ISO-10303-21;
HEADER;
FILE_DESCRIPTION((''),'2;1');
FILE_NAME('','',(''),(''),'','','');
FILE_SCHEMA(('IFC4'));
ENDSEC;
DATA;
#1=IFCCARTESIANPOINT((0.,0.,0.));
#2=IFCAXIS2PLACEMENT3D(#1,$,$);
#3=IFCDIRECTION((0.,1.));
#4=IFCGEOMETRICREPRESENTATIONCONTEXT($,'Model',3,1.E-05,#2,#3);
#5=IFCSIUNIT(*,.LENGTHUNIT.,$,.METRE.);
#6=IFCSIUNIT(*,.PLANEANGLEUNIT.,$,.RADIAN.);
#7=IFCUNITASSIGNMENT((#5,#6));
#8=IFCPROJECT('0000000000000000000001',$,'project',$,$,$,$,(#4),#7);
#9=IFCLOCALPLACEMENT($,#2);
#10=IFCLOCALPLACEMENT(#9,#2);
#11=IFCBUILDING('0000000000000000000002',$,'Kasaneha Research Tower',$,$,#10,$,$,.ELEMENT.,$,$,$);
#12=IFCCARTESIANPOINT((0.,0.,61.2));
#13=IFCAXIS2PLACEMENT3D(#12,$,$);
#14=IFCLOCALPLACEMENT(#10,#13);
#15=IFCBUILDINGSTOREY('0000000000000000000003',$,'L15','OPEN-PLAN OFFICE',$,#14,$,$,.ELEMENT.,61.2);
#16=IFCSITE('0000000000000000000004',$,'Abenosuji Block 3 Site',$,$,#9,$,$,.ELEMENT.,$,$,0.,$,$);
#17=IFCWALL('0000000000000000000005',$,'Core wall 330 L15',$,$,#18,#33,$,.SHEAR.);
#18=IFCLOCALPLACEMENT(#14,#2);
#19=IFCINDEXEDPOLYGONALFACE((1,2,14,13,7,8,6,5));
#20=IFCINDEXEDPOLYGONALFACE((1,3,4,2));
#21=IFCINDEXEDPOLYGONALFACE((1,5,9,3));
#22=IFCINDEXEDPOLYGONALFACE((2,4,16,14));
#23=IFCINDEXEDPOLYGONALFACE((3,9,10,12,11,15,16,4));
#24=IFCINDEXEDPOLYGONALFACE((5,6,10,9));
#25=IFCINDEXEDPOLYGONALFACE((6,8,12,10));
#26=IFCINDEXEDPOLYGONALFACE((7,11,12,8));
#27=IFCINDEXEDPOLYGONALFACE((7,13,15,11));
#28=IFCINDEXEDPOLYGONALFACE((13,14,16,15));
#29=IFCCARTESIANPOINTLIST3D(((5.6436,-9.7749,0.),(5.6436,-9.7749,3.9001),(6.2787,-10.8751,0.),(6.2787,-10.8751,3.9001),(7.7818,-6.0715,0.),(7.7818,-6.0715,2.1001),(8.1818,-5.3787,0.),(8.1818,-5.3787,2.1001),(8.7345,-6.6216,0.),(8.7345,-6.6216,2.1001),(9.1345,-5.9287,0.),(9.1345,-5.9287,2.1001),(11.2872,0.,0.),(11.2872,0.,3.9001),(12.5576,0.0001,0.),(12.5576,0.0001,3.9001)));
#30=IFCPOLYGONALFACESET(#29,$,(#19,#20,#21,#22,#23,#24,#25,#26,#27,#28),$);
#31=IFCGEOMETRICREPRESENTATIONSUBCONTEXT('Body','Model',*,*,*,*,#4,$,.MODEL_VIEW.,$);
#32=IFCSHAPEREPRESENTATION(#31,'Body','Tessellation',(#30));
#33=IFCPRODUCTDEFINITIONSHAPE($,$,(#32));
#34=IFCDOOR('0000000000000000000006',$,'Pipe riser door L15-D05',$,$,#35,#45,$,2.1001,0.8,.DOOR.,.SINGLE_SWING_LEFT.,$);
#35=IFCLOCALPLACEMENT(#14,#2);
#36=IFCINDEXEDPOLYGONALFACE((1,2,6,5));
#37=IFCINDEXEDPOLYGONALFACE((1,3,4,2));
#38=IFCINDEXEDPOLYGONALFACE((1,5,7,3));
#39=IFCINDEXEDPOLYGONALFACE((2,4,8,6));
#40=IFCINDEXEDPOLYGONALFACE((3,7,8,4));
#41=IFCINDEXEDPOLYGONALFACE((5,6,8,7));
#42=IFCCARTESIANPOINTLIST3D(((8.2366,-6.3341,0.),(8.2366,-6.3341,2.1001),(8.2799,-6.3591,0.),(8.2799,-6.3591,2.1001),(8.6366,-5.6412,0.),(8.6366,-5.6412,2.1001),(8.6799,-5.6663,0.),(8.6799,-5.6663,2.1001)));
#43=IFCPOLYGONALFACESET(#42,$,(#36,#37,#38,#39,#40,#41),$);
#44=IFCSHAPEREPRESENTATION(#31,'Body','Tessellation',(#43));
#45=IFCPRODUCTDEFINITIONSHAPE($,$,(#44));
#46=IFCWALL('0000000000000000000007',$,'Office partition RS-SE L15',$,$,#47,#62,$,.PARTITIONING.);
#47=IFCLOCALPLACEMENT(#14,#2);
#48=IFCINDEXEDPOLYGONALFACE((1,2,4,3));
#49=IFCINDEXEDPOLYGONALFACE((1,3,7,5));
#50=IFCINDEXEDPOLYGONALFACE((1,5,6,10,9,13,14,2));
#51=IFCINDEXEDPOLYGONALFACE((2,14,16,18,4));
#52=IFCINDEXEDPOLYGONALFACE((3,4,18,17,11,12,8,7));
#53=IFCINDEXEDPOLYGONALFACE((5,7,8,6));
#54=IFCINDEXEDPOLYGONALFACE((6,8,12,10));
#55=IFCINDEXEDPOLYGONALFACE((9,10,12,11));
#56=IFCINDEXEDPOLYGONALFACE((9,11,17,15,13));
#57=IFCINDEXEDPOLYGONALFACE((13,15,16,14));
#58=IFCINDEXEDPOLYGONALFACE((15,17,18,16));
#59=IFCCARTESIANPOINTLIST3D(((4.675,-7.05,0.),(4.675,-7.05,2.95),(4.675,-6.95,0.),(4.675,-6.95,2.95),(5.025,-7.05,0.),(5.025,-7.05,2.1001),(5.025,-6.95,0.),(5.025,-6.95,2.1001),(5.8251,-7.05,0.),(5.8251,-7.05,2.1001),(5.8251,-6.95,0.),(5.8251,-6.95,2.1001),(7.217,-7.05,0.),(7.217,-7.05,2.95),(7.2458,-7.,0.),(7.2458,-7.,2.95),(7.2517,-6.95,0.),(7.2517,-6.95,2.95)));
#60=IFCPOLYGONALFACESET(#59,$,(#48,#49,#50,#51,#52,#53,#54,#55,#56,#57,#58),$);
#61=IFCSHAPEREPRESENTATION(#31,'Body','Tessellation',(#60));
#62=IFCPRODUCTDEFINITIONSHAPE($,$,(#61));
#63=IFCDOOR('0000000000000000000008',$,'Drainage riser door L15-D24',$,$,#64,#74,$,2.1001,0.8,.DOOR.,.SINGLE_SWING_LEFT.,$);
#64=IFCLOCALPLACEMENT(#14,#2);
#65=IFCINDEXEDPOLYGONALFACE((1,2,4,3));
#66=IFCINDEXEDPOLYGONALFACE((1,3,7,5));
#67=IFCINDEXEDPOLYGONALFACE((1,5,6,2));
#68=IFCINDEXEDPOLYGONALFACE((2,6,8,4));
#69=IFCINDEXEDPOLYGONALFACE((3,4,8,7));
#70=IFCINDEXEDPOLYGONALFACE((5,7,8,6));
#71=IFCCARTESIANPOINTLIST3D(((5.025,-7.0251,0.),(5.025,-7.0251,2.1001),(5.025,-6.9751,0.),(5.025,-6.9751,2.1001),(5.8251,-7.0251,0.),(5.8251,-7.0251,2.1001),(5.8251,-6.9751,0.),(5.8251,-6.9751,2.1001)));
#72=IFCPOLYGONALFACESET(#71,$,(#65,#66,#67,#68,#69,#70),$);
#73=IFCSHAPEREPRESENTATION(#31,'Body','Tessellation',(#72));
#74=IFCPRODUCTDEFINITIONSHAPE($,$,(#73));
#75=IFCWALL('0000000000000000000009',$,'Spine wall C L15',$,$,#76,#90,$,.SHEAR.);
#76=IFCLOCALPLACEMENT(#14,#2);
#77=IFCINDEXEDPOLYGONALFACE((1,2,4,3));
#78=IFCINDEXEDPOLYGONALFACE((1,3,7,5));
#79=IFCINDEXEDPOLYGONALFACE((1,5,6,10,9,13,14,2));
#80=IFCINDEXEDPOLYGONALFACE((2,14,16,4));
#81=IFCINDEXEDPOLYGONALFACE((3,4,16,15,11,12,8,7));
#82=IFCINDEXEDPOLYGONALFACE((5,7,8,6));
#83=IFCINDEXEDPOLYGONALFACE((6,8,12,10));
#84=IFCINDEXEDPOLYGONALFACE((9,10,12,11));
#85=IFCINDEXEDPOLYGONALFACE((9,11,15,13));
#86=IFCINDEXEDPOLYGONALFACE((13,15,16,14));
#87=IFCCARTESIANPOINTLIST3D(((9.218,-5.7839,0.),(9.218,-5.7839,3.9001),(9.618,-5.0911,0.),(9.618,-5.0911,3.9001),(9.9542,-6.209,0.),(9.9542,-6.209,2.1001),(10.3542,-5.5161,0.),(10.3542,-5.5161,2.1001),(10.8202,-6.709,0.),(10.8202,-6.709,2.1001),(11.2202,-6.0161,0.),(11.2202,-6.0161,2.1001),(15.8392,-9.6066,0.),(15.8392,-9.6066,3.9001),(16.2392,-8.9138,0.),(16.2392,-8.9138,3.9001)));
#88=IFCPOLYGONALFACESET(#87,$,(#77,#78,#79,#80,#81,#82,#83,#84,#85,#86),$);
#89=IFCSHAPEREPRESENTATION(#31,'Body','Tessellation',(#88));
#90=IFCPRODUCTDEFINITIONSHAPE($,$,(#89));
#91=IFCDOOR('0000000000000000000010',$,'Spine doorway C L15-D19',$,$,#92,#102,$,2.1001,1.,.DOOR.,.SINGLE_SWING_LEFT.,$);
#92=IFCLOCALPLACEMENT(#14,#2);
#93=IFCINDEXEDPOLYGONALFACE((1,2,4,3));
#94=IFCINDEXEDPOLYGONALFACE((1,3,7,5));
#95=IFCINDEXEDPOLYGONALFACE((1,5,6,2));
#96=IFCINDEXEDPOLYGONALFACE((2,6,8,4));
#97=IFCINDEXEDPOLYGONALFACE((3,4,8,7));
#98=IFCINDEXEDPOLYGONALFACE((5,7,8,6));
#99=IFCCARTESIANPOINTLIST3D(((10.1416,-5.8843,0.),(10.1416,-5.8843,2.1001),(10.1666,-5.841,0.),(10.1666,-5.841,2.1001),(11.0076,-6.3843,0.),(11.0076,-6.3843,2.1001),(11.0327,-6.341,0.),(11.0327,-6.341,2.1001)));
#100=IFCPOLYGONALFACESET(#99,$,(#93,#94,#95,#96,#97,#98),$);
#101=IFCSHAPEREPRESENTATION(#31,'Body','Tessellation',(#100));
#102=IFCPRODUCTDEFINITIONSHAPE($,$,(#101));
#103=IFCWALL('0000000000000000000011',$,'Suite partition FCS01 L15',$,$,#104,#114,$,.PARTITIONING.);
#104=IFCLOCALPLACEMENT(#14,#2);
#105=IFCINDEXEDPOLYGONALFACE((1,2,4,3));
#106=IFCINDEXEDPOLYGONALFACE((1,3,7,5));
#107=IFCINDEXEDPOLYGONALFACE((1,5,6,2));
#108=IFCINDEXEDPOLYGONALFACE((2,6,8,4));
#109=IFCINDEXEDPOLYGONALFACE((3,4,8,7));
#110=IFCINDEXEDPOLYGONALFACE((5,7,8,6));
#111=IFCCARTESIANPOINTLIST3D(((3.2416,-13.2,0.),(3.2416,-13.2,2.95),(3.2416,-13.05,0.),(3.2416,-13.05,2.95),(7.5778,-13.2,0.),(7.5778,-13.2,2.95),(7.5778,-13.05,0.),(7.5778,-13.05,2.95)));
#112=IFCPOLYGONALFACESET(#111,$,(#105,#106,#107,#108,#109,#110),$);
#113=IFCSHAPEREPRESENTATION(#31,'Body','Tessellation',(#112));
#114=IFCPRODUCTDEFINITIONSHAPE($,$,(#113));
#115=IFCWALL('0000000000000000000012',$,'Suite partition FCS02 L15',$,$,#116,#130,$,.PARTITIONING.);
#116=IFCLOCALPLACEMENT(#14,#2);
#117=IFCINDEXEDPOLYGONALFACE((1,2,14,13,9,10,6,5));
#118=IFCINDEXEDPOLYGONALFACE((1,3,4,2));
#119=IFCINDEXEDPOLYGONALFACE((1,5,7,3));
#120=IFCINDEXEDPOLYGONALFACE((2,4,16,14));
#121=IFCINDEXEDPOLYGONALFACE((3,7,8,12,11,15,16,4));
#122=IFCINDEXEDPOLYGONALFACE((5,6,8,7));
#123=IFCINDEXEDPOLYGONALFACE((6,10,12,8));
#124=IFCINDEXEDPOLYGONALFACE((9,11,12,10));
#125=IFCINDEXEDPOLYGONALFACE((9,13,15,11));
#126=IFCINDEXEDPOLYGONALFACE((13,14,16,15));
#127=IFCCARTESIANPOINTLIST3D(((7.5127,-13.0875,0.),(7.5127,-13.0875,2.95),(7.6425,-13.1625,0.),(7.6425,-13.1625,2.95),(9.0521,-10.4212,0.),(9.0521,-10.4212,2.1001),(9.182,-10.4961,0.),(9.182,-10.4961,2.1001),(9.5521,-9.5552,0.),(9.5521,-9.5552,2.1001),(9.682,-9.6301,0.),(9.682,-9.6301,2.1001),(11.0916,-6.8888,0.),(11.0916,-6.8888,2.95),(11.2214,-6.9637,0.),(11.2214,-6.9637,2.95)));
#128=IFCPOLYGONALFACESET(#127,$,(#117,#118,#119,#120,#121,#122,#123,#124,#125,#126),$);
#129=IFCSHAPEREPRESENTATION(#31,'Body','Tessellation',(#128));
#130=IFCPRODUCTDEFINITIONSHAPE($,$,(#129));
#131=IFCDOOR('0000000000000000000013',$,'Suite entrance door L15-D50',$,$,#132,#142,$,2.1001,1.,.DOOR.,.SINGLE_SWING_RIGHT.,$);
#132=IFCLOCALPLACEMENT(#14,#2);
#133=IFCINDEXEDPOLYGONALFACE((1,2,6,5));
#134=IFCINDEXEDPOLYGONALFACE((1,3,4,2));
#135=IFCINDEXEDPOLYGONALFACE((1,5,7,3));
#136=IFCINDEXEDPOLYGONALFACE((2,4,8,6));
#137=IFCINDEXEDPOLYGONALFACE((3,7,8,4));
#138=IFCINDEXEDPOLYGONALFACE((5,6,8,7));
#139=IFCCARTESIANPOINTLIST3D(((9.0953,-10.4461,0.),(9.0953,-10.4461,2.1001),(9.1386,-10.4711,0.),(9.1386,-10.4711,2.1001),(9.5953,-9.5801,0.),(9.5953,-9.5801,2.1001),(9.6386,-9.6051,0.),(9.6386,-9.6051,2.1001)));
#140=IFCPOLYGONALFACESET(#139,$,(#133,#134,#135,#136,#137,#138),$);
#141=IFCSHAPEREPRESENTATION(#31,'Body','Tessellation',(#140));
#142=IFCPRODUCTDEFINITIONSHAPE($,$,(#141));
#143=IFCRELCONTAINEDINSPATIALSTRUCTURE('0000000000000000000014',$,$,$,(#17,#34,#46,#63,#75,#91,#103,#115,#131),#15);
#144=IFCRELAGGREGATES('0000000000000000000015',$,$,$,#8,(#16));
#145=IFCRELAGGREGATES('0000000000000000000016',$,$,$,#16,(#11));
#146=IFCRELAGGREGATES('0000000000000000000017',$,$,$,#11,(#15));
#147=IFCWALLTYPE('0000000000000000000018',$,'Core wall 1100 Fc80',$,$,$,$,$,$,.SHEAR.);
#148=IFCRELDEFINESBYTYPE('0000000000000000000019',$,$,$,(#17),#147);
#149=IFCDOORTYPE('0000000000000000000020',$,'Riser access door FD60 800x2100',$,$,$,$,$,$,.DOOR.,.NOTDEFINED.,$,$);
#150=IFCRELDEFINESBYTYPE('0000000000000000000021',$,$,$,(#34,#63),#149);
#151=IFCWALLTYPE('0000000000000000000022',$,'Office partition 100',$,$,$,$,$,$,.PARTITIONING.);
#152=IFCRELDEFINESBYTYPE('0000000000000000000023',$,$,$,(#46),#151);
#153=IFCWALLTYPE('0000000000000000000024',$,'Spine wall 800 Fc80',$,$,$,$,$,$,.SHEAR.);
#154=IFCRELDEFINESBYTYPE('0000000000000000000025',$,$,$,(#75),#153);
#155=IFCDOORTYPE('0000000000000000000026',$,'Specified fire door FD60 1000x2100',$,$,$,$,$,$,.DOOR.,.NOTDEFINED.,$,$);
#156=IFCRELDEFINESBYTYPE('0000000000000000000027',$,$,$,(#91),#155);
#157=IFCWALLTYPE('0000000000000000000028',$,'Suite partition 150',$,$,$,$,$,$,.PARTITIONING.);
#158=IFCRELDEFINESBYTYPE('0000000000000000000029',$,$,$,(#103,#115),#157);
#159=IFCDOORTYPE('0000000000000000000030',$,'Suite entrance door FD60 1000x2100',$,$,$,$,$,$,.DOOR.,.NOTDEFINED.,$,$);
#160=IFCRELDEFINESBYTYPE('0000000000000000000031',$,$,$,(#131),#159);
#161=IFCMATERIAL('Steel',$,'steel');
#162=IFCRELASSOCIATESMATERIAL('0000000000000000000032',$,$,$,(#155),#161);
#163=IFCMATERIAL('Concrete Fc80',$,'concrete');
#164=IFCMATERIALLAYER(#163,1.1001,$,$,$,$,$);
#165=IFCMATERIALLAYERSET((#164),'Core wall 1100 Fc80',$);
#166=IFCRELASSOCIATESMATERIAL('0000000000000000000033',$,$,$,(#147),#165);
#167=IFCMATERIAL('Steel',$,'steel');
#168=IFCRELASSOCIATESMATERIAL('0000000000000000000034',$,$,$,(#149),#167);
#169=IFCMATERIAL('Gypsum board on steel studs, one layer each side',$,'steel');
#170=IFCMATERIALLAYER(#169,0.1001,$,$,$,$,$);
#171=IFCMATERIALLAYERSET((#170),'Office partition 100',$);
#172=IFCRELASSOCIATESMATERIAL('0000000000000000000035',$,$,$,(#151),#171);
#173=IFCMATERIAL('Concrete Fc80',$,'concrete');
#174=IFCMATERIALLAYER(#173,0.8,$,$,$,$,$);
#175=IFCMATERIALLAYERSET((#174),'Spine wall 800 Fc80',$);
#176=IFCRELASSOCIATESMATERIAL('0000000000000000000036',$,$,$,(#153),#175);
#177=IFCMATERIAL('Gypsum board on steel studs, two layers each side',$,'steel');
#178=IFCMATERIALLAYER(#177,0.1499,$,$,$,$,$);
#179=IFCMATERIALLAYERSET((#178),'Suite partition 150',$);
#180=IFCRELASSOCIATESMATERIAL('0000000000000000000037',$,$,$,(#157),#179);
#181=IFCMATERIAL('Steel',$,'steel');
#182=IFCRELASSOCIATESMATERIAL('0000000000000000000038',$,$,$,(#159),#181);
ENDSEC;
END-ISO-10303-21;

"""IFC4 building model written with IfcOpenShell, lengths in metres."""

from ifc_helpers import new_model, si_unit, direction, frame, frame_2d, origin, place, context, subcontext, project, spatial, polyline, rectangle, outline, extrude, material, layer, layer_set, type_object, element, fill, save


model = new_model("IFC4")

# Units and contexts
model_context = context("Model", 3, precision=1e-05, world=origin(), true_north=direction((0.0, 1.0)))
body_context = subcontext(model_context, "Body", "Model", "MODEL_VIEW")
ifc_project = project(units=[si_unit("LENGTHUNIT", "METRE"), si_unit("PLANEANGLEUNIT", "RADIAN")], contexts=[model_context])

# Site, building, storey
site_placement = place(None, origin())
site = spatial("IfcSite", under=ifc_project, at=site_placement, Name="Abenosuji Block 3 Site", CompositionType="ELEMENT", RefElevation=0.0)
building_placement = place(site_placement, origin())
building = spatial("IfcBuilding", under=site, at=building_placement, Name="Kasaneha Research Tower", CompositionType="ELEMENT")
storey_placement = place(building_placement, frame((0.0, 0.0, 61.2)))
storey = spatial("IfcBuildingStorey", under=building, at=storey_placement, Name="L15", Description="OPEN-PLAN OFFICE", CompositionType="ELEMENT", Elevation=61.2)

# Shared definitions
ifc_material_1 = material(Name="Steel", Category="steel")
door_type_1 = type_object("IfcDoorType", Name="Specified fire door FD60 1000x2100", OperationType="NOTDEFINED", PredefinedType="DOOR", material=ifc_material_1)

# Walls, openings, doors
ifc_material_2 = material(Name="Concrete Fc80", Category="concrete")
ifc_layer_1 = layer(ifc_material_2, 1.1001)
ifc_layer_set_1 = layer_set([ifc_layer_1], Name="Core wall 1100 Fc80")
wall_type_1 = type_object("IfcWallType", Name="Core wall 1100 Fc80", PredefinedType="SHEAR", material=ifc_layer_set_1)
wall_1_placement = place(storey_placement, frame((5.9612, -10.325, 0.0), z_axis=(0.0, 0.0, 1.0), x_axis=(0.500004, 0.866023, 0.0)))
wall_1 = element("IfcWall", 1, at=wall_1_placement, inside=storey, type_object=wall_type_1, Name="Core wall 330 L15", PredefinedType="SHEAR", context=body_context, shape_type="SweptSolid", body=[
    extrude(outline(polyline([(-0.3176, -0.55), (4.594, -0.55), (5.394, -0.55), (12.24, -0.55), (11.6047, 0.55), (5.394, 0.55), (4.594, 0.55), (0.3176, 0.55), (-0.3176, -0.55)])), origin(), (0.0, 0.0, 1.0), 3.9001),
])
opening_1_placement = place(wall_1_placement, frame((4.594, 0.0, 0.0)))
opening_1 = element("IfcOpeningElement", 2, at=opening_1_placement, cuts=wall_1, PredefinedType="OPENING", context=body_context, shape_type="SweptSolid", body=[
    extrude(rectangle(XDim=0.8, YDim=2.1001, at=frame_2d((0.3999, 1.05))), frame((0.0, 0.5601, 0.0), z_axis=(0.0, -1.0, 0.0), x_axis=(1.0, 0.0, 0.0)), (0.0, 0.0, 1.0), 1.1201),
])
ifc_material_3 = material(Name="Steel", Category="steel")
door_type_2 = type_object("IfcDoorType", Name="Riser access door FD60 800x2100", OperationType="NOTDEFINED", PredefinedType="DOOR", material=ifc_material_3)
door_1_placement = place(opening_1_placement, origin())
door_1 = element("IfcDoor", 3, at=door_1_placement, inside=storey, type_object=door_type_2, Name="Pipe riser door L15-D05", OperationType="SINGLE_SWING_LEFT", OverallHeight=2.1001, OverallWidth=0.8, PredefinedType="DOOR", context=body_context, shape_type="SweptSolid", body=[
    extrude(rectangle(XDim=0.8, YDim=2.1001, at=frame_2d((0.3999, 1.05))), frame((0.0, 0.0249, 0.0), z_axis=(0.0, -1.0, 0.0), x_axis=(1.0, 0.0, 0.0)), (0.0, 0.0, 1.0), 0.05),
])
fill(opening_1, door_1)
ifc_material_4 = material(Name="Gypsum board on steel studs, one layer each side", Category="steel")
ifc_layer_2 = layer(ifc_material_4, 0.1001)
ifc_layer_set_2 = layer_set([ifc_layer_2], Name="Office partition 100")
wall_type_2 = type_object("IfcWallType", Name="Office partition 100", PredefinedType="PARTITIONING", material=ifc_layer_set_2)
wall_2_placement = place(storey_placement, frame((4.675, -7.0, 0.0), z_axis=(0.0, 0.0, 1.0), x_axis=(1.0, 0.0, 0.0)))
wall_2 = element("IfcWall", 4, at=wall_2_placement, inside=storey, type_object=wall_type_2, Name="Office partition RS-SE L15", PredefinedType="PARTITIONING", context=body_context, shape_type="SweptSolid", body=[
    extrude(outline(polyline([(0.0, -0.05), (0.3501, -0.05), (1.1501, -0.05), (2.542, -0.05), (2.5708, 0.0), (2.5767, 0.05), (1.1501, 0.05), (0.3501, 0.05), (0.0, 0.05), (0.0, -0.05)])), origin(), (0.0, 0.0, 1.0), 2.95),
])
opening_2_placement = place(wall_2_placement, frame((0.3501, 0.0, 0.0)))
opening_2 = element("IfcOpeningElement", 5, at=opening_2_placement, cuts=wall_2, PredefinedType="OPENING", context=body_context, shape_type="SweptSolid", body=[
    extrude(rectangle(XDim=0.8, YDim=2.1001, at=frame_2d((0.3999, 1.05))), frame((0.0, 0.0601, 0.0), z_axis=(0.0, -1.0, 0.0), x_axis=(1.0, 0.0, 0.0)), (0.0, 0.0, 1.0), 0.1201),
])
door_2_placement = place(opening_2_placement, origin())
door_2 = element("IfcDoor", 6, at=door_2_placement, inside=storey, type_object=door_type_2, Name="Drainage riser door L15-D24", OperationType="SINGLE_SWING_LEFT", OverallHeight=2.1001, OverallWidth=0.8, PredefinedType="DOOR", context=body_context, shape_type="SweptSolid", body=[
    extrude(rectangle(XDim=0.8, YDim=2.1001, at=frame_2d((0.3999, 1.05))), frame((0.0, 0.0249, 0.0), z_axis=(0.0, -1.0, 0.0), x_axis=(1.0, 0.0, 0.0)), (0.0, 0.0, 1.0), 0.05),
])
fill(opening_2, door_2)
ifc_material_5 = material(Name="Concrete Fc80", Category="concrete")
ifc_layer_3 = layer(ifc_material_5, 0.8)
ifc_layer_set_3 = layer_set([ifc_layer_3], Name="Spine wall 800 Fc80")
wall_type_3 = type_object("IfcWallType", Name="Spine wall 800 Fc80", PredefinedType="SHEAR", material=ifc_layer_set_3)
wall_3_placement = place(storey_placement, frame((9.418, -5.4375, 0.0), z_axis=(0.0, 0.0, 1.0), x_axis=(0.86603, -0.499992, 0.0)))
wall_3 = element("IfcWall", 7, at=wall_3_placement, inside=storey, type_object=wall_type_3, Name="Spine wall C L15", PredefinedType="SHEAR", context=body_context, shape_type="SweptSolid", body=[
    extrude(rectangle(XDim=7.6455, YDim=0.8, at=frame_2d((3.8228, 0.0))), origin(), (0.0, 0.0, 1.0), 3.9001),
])
opening_3_placement = place(wall_3_placement, frame((0.8501, 0.0, 0.0)))
opening_3 = element("IfcOpeningElement", 8, at=opening_3_placement, cuts=wall_3, PredefinedType="OPENING", context=body_context, shape_type="SweptSolid", body=[
    extrude(rectangle(XDim=1.0, YDim=2.1001, at=frame_2d((0.5, 1.05))), frame((0.0, 0.4102, 0.0), z_axis=(0.0, -1.0, 0.0), x_axis=(1.0, 0.0, 0.0)), (0.0, 0.0, 1.0), 0.8201),
])
door_3_placement = place(opening_3_placement, origin())
door_3 = element("IfcDoor", 9, at=door_3_placement, inside=storey, type_object=door_type_1, Name="Spine doorway C L15-D19", OperationType="SINGLE_SWING_LEFT", OverallHeight=2.1001, OverallWidth=1.0, PredefinedType="DOOR", context=body_context, shape_type="SweptSolid", body=[
    extrude(rectangle(XDim=1.0, YDim=2.1001, at=frame_2d((0.5, 1.05))), frame((0.0, 0.0249, 0.0), z_axis=(0.0, -1.0, 0.0), x_axis=(1.0, 0.0, 0.0)), (0.0, 0.0, 1.0), 0.05),
])
fill(opening_3, door_3)

# Wall
ifc_material_6 = material(Name="Gypsum board on steel studs, two layers each side", Category="steel")
ifc_layer_4 = layer(ifc_material_6, 0.1499)
ifc_layer_set_4 = layer_set([ifc_layer_4], Name="Suite partition 150")
wall_type_4 = type_object("IfcWallType", Name="Suite partition 150", PredefinedType="PARTITIONING", material=ifc_layer_set_4)
wall_4_placement = place(storey_placement, frame((7.5776, -13.125, 0.0), z_axis=(0.0, 0.0, 1.0), x_axis=(-1.0, 0.0, 0.0)))
element("IfcWall", 10, at=wall_4_placement, inside=storey, type_object=wall_type_4, Name="Suite partition FCS01 L15", PredefinedType="PARTITIONING", context=body_context, shape_type="SweptSolid", body=[
    extrude(rectangle(XDim=4.3362, YDim=0.1499, at=frame_2d((2.168, 0.0))), origin(), (0.0, 0.0, 1.0), 2.95),
])

# Wall, opening, door
wall_5_placement = place(storey_placement, frame((11.1565, -6.9263, 0.0), z_axis=(0.0, 0.0, 1.0), x_axis=(-0.500002, -0.866024, 0.0)))
wall_5 = element("IfcWall", 11, at=wall_5_placement, inside=storey, type_object=wall_type_4, Name="Suite partition FCS02 L15", PredefinedType="PARTITIONING", context=body_context, shape_type="SweptSolid", body=[
    extrude(rectangle(XDim=7.1577, YDim=0.1499, at=frame_2d((3.5789, 0.0))), origin(), (0.0, 0.0, 1.0), 2.95),
])
opening_4_placement = place(wall_5_placement, frame((3.0789, 0.0, 0.0)))
opening_4 = element("IfcOpeningElement", 12, at=opening_4_placement, cuts=wall_5, PredefinedType="OPENING", context=body_context, shape_type="SweptSolid", body=[
    extrude(rectangle(XDim=1.0, YDim=2.1001, at=frame_2d((0.5, 1.05))), frame((0.0, 0.085, 0.0), z_axis=(0.0, -1.0, 0.0), x_axis=(1.0, 0.0, 0.0)), (0.0, 0.0, 1.0), 0.1699),
])
ifc_material_7 = material(Name="Steel", Category="steel")
door_type_3 = type_object("IfcDoorType", Name="Suite entrance door FD60 1000x2100", OperationType="NOTDEFINED", PredefinedType="DOOR", material=ifc_material_7)
door_4_placement = place(opening_4_placement, origin())
door_4 = element("IfcDoor", 13, at=door_4_placement, inside=storey, type_object=door_type_3, Name="Suite entrance door L15-D50", OperationType="SINGLE_SWING_RIGHT", OverallHeight=2.1001, OverallWidth=1.0, PredefinedType="DOOR", context=body_context, shape_type="SweptSolid", body=[
    extrude(rectangle(XDim=1.0, YDim=2.1001, at=frame_2d((0.5, 1.05))), frame((0.0, 0.0249, 0.0), z_axis=(0.0, -1.0, 0.0), x_axis=(1.0, 0.0, 0.0)), (0.0, 0.0, 1.0), 0.05),
])
fill(opening_4, door_4)

save(model, "model.ifc")
